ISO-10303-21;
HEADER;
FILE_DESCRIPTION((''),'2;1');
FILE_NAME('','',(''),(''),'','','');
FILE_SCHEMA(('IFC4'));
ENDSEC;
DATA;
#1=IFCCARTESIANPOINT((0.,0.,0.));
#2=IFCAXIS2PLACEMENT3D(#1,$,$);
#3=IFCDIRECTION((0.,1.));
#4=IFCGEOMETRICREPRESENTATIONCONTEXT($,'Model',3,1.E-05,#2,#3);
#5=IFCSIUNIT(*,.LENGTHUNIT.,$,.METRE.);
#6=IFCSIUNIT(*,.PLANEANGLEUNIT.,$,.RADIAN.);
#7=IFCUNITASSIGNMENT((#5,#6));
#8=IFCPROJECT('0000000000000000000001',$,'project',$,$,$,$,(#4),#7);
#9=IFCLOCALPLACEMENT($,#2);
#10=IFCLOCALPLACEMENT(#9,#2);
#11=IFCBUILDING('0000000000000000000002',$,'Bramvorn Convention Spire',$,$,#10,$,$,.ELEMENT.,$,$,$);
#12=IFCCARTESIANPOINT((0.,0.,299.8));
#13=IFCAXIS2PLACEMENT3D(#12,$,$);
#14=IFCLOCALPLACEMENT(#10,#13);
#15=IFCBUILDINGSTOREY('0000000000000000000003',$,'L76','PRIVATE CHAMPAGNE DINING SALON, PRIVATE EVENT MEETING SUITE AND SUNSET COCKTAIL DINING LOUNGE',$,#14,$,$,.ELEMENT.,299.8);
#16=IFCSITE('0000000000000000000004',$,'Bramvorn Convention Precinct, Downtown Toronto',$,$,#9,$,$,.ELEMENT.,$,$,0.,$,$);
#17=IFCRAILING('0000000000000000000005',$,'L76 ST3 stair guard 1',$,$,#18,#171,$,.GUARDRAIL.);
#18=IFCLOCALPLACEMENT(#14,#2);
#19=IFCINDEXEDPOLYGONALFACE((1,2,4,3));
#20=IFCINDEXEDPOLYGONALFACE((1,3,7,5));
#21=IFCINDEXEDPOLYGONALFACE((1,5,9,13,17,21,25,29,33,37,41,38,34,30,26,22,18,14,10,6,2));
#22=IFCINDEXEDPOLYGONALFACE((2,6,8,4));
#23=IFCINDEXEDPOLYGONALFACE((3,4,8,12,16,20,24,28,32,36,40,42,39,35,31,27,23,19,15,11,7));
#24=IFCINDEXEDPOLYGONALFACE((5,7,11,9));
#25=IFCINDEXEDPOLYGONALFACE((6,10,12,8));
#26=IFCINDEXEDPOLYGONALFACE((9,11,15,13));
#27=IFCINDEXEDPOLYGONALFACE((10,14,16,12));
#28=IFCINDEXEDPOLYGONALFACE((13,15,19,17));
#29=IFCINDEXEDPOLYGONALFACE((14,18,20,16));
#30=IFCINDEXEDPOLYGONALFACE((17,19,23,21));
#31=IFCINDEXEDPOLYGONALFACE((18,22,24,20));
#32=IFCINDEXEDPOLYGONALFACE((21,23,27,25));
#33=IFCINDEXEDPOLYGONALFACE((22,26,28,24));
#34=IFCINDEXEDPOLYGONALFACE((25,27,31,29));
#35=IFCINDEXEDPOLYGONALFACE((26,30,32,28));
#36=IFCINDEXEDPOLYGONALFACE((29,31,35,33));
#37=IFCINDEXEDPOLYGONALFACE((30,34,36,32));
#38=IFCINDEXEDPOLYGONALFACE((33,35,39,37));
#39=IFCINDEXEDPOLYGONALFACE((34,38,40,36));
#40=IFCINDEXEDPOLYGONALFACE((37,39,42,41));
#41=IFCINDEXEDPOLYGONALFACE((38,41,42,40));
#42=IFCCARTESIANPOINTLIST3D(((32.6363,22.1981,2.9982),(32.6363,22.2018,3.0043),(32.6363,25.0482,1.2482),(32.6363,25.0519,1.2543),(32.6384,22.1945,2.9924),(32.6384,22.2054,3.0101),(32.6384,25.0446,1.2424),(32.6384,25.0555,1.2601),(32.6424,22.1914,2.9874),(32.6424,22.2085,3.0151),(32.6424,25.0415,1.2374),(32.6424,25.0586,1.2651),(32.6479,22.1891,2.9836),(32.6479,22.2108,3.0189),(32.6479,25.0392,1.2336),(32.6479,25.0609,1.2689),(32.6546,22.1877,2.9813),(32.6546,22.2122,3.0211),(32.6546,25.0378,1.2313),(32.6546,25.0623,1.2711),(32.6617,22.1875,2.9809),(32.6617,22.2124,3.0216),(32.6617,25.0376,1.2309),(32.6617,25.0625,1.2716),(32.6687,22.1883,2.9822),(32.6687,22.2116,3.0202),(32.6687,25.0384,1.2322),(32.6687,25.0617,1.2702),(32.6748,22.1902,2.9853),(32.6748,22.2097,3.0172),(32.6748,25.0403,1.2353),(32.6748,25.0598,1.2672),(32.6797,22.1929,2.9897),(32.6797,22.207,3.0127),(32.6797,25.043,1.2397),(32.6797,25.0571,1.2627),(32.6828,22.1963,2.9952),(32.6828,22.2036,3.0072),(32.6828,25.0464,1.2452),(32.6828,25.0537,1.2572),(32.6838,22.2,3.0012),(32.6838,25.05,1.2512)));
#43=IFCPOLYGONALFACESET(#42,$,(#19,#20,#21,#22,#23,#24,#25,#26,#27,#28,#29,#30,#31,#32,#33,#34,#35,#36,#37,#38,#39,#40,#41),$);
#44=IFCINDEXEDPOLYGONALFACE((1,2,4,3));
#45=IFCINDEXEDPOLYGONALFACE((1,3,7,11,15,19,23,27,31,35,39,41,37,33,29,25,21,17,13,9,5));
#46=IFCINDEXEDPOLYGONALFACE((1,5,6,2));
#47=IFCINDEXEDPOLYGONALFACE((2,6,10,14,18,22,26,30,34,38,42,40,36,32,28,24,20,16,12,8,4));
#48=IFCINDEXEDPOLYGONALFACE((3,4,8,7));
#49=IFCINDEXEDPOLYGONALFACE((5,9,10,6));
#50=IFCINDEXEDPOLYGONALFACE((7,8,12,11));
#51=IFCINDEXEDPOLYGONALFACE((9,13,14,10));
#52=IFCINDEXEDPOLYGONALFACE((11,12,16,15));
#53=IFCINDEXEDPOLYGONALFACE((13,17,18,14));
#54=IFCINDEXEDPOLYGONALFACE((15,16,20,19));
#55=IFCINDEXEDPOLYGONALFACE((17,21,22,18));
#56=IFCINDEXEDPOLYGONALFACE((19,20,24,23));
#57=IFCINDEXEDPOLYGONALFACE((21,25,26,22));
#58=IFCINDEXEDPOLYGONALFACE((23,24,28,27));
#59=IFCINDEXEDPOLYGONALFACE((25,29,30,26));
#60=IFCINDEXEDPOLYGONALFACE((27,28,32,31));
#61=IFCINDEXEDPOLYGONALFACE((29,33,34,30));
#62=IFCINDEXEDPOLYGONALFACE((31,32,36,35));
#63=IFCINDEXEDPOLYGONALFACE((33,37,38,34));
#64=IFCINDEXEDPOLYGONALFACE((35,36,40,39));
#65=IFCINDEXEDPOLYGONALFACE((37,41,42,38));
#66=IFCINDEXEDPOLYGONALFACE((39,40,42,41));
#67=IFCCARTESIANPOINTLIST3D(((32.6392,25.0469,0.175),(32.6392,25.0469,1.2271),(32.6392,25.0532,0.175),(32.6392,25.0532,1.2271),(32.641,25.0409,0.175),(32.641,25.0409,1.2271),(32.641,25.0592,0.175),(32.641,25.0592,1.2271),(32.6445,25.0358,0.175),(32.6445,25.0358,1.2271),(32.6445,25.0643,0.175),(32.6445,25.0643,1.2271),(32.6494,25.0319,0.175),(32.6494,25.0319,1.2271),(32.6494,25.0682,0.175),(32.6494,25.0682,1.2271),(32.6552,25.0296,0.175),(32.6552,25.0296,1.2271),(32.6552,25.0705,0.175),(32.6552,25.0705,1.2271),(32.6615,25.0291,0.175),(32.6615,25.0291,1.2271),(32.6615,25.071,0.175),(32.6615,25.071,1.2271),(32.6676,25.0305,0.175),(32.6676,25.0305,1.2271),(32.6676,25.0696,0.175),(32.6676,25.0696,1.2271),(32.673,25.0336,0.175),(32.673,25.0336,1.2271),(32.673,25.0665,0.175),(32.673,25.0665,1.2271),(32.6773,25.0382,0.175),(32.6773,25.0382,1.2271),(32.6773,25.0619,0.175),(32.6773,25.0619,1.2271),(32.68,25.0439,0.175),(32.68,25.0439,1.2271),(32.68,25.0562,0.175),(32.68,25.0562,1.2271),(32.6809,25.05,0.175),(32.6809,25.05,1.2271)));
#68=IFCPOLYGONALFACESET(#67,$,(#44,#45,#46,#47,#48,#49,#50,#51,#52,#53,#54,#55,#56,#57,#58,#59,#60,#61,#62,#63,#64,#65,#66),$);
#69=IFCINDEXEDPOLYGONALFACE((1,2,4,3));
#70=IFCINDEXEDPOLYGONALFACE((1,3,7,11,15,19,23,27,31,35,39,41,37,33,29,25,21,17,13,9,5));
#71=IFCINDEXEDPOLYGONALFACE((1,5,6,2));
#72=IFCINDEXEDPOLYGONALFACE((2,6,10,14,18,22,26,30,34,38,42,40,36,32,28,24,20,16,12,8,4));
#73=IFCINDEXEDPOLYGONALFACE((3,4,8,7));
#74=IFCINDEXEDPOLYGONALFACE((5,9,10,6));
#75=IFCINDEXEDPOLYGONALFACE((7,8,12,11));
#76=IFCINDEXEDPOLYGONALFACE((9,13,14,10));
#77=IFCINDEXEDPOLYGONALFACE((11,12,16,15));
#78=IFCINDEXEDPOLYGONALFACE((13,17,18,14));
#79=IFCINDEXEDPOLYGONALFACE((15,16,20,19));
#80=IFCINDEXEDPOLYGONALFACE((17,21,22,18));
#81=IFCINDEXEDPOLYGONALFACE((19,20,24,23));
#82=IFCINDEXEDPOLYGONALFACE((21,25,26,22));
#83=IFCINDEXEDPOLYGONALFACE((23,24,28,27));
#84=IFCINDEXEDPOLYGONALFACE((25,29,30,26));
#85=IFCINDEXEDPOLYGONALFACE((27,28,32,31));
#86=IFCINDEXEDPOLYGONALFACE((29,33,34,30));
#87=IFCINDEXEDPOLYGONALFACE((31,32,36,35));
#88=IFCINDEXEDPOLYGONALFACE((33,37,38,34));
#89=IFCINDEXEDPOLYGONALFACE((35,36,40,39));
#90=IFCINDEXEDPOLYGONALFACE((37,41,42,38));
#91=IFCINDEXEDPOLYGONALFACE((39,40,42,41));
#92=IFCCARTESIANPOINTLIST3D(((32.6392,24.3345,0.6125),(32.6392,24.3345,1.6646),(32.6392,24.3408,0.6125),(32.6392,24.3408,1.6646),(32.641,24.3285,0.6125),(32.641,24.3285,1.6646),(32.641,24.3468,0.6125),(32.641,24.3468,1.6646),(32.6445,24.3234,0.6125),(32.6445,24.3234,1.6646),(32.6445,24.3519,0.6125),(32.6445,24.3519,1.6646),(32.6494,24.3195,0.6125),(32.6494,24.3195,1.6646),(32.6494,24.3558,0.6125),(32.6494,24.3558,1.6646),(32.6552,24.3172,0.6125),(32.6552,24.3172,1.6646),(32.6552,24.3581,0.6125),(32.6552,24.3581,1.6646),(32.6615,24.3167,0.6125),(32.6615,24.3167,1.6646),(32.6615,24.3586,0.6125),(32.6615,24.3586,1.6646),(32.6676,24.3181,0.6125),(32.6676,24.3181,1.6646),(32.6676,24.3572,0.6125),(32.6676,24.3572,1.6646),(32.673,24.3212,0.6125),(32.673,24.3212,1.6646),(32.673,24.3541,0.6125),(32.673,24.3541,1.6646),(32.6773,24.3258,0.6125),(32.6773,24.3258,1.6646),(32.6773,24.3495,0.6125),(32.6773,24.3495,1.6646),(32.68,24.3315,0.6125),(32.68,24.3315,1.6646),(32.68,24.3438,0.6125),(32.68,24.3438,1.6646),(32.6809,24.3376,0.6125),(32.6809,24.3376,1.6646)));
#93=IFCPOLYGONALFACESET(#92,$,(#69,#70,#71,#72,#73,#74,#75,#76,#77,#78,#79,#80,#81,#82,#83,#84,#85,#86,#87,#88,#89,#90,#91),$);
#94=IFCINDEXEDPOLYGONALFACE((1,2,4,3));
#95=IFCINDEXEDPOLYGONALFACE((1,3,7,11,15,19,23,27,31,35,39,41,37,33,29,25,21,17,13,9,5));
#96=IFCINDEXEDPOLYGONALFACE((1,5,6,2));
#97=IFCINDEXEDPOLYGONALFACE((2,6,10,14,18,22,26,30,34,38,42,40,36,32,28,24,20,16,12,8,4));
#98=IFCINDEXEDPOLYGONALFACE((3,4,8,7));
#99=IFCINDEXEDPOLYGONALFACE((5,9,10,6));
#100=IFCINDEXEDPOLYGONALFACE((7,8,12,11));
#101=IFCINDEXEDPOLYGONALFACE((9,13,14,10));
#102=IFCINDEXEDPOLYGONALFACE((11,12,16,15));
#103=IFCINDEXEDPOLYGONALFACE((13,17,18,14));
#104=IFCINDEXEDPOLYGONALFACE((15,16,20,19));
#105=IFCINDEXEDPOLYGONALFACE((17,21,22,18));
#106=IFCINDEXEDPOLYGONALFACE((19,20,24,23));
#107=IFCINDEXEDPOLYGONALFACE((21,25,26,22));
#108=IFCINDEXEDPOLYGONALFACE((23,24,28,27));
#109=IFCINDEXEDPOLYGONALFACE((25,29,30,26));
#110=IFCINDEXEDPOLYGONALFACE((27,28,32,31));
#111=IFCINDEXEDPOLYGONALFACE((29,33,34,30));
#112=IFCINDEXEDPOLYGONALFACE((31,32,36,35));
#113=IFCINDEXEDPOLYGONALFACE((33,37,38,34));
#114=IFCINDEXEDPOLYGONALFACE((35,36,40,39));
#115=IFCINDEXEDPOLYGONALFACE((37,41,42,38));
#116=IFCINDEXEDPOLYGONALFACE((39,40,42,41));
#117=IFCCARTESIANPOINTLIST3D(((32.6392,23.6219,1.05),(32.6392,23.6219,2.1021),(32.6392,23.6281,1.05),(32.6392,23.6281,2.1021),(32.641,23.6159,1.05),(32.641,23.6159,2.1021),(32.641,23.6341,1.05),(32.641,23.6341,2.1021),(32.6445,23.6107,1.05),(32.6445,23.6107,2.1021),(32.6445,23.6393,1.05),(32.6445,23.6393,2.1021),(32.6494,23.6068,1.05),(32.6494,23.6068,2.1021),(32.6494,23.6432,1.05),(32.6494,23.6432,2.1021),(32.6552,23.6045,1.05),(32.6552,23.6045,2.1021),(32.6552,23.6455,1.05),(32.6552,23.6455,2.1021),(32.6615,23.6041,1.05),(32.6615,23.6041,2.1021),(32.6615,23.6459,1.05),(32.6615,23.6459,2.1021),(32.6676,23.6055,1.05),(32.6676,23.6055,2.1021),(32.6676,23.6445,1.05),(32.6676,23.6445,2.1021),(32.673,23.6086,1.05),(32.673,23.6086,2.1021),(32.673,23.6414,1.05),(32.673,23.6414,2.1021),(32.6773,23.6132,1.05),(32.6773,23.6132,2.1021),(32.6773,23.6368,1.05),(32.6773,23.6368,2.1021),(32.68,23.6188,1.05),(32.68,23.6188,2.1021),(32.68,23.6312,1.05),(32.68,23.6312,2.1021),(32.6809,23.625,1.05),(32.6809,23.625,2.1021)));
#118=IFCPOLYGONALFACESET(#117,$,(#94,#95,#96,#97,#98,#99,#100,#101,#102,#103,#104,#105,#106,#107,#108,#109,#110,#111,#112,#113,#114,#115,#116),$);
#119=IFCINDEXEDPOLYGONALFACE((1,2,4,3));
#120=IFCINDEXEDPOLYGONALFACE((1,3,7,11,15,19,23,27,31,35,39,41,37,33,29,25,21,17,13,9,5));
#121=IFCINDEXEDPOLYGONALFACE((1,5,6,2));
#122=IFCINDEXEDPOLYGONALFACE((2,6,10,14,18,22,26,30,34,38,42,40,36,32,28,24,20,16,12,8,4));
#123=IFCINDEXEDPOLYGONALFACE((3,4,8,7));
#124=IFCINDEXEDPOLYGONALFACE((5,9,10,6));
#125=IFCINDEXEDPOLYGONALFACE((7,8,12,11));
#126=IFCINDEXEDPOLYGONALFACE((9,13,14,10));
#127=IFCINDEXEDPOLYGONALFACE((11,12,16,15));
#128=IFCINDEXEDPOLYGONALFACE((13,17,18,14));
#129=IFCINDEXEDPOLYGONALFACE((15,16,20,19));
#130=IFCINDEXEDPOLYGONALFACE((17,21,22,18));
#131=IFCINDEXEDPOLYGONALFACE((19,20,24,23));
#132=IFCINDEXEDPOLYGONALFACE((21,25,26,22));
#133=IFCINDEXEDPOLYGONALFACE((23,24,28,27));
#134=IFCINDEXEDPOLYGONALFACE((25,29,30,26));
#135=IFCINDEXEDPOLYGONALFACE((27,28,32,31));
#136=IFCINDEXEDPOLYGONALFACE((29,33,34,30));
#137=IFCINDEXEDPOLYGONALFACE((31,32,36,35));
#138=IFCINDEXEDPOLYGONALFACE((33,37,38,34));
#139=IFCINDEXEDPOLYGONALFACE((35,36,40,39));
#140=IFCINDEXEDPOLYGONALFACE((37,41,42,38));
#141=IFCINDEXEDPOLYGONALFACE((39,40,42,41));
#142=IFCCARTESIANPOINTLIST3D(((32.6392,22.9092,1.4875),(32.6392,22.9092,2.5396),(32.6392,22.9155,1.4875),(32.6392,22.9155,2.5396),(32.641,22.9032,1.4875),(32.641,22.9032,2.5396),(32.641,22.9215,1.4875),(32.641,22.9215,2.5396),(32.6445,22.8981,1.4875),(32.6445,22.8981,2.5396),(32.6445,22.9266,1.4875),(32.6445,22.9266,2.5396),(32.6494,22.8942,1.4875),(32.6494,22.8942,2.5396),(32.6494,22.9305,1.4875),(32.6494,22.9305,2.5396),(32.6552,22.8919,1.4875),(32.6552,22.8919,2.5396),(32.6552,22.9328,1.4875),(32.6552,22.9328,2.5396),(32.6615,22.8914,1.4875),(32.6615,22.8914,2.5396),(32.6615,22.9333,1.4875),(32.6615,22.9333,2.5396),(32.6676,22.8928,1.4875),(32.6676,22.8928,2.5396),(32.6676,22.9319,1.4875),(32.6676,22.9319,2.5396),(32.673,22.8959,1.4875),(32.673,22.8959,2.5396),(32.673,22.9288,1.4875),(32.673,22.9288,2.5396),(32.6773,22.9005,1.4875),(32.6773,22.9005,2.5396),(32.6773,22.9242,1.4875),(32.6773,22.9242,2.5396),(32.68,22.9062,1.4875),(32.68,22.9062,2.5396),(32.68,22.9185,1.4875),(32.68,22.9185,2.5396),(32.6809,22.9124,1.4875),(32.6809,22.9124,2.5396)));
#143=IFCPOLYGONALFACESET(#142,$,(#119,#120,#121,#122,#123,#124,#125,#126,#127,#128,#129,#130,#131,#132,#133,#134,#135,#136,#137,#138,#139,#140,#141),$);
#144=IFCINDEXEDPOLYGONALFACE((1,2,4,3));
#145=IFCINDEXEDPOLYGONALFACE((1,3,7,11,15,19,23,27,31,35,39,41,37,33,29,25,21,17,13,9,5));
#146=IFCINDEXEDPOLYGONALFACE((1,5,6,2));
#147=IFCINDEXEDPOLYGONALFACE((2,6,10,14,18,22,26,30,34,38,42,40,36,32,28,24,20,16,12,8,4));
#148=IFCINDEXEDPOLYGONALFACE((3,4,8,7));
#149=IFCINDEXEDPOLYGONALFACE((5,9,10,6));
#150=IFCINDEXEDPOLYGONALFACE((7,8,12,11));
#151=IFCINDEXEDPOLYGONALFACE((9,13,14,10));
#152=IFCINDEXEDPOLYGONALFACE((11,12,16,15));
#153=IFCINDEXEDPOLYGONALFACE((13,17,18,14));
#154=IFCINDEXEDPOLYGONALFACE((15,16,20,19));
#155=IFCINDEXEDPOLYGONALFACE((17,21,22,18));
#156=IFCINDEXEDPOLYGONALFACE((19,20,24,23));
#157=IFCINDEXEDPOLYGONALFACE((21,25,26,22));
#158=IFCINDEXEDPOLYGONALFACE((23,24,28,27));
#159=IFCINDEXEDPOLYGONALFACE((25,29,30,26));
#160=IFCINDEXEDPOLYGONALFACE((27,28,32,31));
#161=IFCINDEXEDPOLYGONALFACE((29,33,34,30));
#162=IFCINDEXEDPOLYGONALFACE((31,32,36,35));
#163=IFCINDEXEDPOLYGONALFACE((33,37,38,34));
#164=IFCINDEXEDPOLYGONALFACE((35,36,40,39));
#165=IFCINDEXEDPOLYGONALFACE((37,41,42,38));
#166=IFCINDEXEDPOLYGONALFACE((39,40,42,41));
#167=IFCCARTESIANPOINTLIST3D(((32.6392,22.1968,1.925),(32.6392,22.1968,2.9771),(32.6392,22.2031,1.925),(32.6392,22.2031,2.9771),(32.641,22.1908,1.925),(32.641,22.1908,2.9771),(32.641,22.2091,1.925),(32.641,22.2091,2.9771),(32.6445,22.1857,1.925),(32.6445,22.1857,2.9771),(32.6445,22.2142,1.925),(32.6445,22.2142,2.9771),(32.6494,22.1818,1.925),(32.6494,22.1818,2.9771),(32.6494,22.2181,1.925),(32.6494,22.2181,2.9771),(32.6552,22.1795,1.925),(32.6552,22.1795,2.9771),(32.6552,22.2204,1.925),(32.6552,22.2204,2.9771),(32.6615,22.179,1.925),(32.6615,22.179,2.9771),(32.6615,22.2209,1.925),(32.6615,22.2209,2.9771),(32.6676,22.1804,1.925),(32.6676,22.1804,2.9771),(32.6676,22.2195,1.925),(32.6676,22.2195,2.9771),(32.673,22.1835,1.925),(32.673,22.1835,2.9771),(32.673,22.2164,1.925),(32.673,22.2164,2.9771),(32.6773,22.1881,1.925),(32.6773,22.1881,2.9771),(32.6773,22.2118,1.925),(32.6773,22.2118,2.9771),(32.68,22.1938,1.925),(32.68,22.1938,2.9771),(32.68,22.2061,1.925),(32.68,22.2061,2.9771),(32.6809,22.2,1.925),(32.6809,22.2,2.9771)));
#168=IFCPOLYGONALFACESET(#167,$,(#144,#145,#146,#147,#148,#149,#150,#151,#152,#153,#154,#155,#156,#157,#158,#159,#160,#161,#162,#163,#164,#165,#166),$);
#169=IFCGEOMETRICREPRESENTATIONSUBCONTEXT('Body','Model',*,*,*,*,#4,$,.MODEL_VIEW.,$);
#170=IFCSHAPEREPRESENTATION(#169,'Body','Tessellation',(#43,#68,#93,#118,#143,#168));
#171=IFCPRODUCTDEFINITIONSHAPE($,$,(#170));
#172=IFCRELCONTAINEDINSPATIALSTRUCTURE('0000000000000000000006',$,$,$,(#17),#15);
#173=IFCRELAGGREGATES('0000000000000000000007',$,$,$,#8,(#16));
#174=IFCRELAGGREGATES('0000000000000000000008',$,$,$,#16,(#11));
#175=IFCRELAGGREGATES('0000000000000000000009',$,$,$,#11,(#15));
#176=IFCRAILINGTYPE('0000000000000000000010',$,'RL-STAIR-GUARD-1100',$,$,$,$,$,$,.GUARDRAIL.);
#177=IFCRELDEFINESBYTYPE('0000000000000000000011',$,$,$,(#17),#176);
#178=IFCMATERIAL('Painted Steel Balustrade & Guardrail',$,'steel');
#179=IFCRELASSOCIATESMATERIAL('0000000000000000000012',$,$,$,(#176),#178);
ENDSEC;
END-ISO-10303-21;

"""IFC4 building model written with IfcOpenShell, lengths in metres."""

from ifc_helpers import new_model, si_unit, direction, frame, origin, origin_2d, place, context, subcontext, project, spatial, circle, extrude, material, type_object, element, save


model = new_model("IFC4")

# Units and contexts
model_context = context("Model", 3, precision=1e-05, world=origin(), true_north=direction((0.0, 1.0)))
body_context = subcontext(model_context, "Body", "Model", "MODEL_VIEW")
ifc_project = project(units=[si_unit("LENGTHUNIT", "METRE"), si_unit("PLANEANGLEUNIT", "RADIAN")], contexts=[model_context])

# Site, building, storey
site_placement = place(None, origin())
site = spatial("IfcSite", under=ifc_project, at=site_placement, Name="Bramvorn Convention Precinct, Downtown Toronto", CompositionType="ELEMENT", RefElevation=0.0)
building_placement = place(site_placement, origin())
building = spatial("IfcBuilding", under=site, at=building_placement, Name="Bramvorn Convention Spire", CompositionType="ELEMENT")
storey_placement = place(building_placement, frame((0.0, 0.0, 299.8)))
storey = spatial("IfcBuildingStorey", under=building, at=storey_placement, Name="L76", Description="PRIVATE CHAMPAGNE DINING SALON, PRIVATE EVENT MEETING SUITE AND SUNSET COCKTAIL DINING LOUNGE", CompositionType="ELEMENT", Elevation=299.8)

# Railing
ifc_material_1 = material(Name="Painted Steel Balustrade & Guardrail", Category="steel")
railing_type_1 = type_object("IfcRailingType", Name="RL-STAIR-GUARD-1100", PredefinedType="GUARDRAIL", material=ifc_material_1)
railing_1_placement = place(storey_placement, frame((32.6599, 25.05, 0.175)))
element("IfcRailing", 1, at=railing_1_placement, inside=storey, type_object=railing_type_1, Name="L76 ST3 stair guard 1", PredefinedType="GUARDRAIL", context=body_context, shape_type="SweptSolid", body=[
    extrude(circle(Radius=0.0239, at=origin_2d()), frame((0.0, 0.0, 1.0762), z_axis=(0.0, -0.852179, 0.52325), x_axis=(1.0, 0.0, 0.0)), (0.0, 0.0, 1.0), 3.3445),
    extrude(circle(Radius=0.021, at=origin_2d()), origin(), (0.0, 0.0, 1.0), 1.052),
    extrude(circle(Radius=0.021, at=origin_2d()), frame((0.0, -0.7124, 0.4375)), (0.0, 0.0, 1.0), 1.052),
    extrude(circle(Radius=0.021, at=origin_2d()), frame((0.0, -1.425, 0.875)), (0.0, 0.0, 1.0), 1.052),
    extrude(circle(Radius=0.021, at=origin_2d()), frame((0.0, -2.1377, 1.3125)), (0.0, 0.0, 1.0), 1.052),
    extrude(circle(Radius=0.021, at=origin_2d()), frame((0.0, -2.8501, 1.75)), (0.0, 0.0, 1.0), 1.052),
])

save(model, "model.ifc")
